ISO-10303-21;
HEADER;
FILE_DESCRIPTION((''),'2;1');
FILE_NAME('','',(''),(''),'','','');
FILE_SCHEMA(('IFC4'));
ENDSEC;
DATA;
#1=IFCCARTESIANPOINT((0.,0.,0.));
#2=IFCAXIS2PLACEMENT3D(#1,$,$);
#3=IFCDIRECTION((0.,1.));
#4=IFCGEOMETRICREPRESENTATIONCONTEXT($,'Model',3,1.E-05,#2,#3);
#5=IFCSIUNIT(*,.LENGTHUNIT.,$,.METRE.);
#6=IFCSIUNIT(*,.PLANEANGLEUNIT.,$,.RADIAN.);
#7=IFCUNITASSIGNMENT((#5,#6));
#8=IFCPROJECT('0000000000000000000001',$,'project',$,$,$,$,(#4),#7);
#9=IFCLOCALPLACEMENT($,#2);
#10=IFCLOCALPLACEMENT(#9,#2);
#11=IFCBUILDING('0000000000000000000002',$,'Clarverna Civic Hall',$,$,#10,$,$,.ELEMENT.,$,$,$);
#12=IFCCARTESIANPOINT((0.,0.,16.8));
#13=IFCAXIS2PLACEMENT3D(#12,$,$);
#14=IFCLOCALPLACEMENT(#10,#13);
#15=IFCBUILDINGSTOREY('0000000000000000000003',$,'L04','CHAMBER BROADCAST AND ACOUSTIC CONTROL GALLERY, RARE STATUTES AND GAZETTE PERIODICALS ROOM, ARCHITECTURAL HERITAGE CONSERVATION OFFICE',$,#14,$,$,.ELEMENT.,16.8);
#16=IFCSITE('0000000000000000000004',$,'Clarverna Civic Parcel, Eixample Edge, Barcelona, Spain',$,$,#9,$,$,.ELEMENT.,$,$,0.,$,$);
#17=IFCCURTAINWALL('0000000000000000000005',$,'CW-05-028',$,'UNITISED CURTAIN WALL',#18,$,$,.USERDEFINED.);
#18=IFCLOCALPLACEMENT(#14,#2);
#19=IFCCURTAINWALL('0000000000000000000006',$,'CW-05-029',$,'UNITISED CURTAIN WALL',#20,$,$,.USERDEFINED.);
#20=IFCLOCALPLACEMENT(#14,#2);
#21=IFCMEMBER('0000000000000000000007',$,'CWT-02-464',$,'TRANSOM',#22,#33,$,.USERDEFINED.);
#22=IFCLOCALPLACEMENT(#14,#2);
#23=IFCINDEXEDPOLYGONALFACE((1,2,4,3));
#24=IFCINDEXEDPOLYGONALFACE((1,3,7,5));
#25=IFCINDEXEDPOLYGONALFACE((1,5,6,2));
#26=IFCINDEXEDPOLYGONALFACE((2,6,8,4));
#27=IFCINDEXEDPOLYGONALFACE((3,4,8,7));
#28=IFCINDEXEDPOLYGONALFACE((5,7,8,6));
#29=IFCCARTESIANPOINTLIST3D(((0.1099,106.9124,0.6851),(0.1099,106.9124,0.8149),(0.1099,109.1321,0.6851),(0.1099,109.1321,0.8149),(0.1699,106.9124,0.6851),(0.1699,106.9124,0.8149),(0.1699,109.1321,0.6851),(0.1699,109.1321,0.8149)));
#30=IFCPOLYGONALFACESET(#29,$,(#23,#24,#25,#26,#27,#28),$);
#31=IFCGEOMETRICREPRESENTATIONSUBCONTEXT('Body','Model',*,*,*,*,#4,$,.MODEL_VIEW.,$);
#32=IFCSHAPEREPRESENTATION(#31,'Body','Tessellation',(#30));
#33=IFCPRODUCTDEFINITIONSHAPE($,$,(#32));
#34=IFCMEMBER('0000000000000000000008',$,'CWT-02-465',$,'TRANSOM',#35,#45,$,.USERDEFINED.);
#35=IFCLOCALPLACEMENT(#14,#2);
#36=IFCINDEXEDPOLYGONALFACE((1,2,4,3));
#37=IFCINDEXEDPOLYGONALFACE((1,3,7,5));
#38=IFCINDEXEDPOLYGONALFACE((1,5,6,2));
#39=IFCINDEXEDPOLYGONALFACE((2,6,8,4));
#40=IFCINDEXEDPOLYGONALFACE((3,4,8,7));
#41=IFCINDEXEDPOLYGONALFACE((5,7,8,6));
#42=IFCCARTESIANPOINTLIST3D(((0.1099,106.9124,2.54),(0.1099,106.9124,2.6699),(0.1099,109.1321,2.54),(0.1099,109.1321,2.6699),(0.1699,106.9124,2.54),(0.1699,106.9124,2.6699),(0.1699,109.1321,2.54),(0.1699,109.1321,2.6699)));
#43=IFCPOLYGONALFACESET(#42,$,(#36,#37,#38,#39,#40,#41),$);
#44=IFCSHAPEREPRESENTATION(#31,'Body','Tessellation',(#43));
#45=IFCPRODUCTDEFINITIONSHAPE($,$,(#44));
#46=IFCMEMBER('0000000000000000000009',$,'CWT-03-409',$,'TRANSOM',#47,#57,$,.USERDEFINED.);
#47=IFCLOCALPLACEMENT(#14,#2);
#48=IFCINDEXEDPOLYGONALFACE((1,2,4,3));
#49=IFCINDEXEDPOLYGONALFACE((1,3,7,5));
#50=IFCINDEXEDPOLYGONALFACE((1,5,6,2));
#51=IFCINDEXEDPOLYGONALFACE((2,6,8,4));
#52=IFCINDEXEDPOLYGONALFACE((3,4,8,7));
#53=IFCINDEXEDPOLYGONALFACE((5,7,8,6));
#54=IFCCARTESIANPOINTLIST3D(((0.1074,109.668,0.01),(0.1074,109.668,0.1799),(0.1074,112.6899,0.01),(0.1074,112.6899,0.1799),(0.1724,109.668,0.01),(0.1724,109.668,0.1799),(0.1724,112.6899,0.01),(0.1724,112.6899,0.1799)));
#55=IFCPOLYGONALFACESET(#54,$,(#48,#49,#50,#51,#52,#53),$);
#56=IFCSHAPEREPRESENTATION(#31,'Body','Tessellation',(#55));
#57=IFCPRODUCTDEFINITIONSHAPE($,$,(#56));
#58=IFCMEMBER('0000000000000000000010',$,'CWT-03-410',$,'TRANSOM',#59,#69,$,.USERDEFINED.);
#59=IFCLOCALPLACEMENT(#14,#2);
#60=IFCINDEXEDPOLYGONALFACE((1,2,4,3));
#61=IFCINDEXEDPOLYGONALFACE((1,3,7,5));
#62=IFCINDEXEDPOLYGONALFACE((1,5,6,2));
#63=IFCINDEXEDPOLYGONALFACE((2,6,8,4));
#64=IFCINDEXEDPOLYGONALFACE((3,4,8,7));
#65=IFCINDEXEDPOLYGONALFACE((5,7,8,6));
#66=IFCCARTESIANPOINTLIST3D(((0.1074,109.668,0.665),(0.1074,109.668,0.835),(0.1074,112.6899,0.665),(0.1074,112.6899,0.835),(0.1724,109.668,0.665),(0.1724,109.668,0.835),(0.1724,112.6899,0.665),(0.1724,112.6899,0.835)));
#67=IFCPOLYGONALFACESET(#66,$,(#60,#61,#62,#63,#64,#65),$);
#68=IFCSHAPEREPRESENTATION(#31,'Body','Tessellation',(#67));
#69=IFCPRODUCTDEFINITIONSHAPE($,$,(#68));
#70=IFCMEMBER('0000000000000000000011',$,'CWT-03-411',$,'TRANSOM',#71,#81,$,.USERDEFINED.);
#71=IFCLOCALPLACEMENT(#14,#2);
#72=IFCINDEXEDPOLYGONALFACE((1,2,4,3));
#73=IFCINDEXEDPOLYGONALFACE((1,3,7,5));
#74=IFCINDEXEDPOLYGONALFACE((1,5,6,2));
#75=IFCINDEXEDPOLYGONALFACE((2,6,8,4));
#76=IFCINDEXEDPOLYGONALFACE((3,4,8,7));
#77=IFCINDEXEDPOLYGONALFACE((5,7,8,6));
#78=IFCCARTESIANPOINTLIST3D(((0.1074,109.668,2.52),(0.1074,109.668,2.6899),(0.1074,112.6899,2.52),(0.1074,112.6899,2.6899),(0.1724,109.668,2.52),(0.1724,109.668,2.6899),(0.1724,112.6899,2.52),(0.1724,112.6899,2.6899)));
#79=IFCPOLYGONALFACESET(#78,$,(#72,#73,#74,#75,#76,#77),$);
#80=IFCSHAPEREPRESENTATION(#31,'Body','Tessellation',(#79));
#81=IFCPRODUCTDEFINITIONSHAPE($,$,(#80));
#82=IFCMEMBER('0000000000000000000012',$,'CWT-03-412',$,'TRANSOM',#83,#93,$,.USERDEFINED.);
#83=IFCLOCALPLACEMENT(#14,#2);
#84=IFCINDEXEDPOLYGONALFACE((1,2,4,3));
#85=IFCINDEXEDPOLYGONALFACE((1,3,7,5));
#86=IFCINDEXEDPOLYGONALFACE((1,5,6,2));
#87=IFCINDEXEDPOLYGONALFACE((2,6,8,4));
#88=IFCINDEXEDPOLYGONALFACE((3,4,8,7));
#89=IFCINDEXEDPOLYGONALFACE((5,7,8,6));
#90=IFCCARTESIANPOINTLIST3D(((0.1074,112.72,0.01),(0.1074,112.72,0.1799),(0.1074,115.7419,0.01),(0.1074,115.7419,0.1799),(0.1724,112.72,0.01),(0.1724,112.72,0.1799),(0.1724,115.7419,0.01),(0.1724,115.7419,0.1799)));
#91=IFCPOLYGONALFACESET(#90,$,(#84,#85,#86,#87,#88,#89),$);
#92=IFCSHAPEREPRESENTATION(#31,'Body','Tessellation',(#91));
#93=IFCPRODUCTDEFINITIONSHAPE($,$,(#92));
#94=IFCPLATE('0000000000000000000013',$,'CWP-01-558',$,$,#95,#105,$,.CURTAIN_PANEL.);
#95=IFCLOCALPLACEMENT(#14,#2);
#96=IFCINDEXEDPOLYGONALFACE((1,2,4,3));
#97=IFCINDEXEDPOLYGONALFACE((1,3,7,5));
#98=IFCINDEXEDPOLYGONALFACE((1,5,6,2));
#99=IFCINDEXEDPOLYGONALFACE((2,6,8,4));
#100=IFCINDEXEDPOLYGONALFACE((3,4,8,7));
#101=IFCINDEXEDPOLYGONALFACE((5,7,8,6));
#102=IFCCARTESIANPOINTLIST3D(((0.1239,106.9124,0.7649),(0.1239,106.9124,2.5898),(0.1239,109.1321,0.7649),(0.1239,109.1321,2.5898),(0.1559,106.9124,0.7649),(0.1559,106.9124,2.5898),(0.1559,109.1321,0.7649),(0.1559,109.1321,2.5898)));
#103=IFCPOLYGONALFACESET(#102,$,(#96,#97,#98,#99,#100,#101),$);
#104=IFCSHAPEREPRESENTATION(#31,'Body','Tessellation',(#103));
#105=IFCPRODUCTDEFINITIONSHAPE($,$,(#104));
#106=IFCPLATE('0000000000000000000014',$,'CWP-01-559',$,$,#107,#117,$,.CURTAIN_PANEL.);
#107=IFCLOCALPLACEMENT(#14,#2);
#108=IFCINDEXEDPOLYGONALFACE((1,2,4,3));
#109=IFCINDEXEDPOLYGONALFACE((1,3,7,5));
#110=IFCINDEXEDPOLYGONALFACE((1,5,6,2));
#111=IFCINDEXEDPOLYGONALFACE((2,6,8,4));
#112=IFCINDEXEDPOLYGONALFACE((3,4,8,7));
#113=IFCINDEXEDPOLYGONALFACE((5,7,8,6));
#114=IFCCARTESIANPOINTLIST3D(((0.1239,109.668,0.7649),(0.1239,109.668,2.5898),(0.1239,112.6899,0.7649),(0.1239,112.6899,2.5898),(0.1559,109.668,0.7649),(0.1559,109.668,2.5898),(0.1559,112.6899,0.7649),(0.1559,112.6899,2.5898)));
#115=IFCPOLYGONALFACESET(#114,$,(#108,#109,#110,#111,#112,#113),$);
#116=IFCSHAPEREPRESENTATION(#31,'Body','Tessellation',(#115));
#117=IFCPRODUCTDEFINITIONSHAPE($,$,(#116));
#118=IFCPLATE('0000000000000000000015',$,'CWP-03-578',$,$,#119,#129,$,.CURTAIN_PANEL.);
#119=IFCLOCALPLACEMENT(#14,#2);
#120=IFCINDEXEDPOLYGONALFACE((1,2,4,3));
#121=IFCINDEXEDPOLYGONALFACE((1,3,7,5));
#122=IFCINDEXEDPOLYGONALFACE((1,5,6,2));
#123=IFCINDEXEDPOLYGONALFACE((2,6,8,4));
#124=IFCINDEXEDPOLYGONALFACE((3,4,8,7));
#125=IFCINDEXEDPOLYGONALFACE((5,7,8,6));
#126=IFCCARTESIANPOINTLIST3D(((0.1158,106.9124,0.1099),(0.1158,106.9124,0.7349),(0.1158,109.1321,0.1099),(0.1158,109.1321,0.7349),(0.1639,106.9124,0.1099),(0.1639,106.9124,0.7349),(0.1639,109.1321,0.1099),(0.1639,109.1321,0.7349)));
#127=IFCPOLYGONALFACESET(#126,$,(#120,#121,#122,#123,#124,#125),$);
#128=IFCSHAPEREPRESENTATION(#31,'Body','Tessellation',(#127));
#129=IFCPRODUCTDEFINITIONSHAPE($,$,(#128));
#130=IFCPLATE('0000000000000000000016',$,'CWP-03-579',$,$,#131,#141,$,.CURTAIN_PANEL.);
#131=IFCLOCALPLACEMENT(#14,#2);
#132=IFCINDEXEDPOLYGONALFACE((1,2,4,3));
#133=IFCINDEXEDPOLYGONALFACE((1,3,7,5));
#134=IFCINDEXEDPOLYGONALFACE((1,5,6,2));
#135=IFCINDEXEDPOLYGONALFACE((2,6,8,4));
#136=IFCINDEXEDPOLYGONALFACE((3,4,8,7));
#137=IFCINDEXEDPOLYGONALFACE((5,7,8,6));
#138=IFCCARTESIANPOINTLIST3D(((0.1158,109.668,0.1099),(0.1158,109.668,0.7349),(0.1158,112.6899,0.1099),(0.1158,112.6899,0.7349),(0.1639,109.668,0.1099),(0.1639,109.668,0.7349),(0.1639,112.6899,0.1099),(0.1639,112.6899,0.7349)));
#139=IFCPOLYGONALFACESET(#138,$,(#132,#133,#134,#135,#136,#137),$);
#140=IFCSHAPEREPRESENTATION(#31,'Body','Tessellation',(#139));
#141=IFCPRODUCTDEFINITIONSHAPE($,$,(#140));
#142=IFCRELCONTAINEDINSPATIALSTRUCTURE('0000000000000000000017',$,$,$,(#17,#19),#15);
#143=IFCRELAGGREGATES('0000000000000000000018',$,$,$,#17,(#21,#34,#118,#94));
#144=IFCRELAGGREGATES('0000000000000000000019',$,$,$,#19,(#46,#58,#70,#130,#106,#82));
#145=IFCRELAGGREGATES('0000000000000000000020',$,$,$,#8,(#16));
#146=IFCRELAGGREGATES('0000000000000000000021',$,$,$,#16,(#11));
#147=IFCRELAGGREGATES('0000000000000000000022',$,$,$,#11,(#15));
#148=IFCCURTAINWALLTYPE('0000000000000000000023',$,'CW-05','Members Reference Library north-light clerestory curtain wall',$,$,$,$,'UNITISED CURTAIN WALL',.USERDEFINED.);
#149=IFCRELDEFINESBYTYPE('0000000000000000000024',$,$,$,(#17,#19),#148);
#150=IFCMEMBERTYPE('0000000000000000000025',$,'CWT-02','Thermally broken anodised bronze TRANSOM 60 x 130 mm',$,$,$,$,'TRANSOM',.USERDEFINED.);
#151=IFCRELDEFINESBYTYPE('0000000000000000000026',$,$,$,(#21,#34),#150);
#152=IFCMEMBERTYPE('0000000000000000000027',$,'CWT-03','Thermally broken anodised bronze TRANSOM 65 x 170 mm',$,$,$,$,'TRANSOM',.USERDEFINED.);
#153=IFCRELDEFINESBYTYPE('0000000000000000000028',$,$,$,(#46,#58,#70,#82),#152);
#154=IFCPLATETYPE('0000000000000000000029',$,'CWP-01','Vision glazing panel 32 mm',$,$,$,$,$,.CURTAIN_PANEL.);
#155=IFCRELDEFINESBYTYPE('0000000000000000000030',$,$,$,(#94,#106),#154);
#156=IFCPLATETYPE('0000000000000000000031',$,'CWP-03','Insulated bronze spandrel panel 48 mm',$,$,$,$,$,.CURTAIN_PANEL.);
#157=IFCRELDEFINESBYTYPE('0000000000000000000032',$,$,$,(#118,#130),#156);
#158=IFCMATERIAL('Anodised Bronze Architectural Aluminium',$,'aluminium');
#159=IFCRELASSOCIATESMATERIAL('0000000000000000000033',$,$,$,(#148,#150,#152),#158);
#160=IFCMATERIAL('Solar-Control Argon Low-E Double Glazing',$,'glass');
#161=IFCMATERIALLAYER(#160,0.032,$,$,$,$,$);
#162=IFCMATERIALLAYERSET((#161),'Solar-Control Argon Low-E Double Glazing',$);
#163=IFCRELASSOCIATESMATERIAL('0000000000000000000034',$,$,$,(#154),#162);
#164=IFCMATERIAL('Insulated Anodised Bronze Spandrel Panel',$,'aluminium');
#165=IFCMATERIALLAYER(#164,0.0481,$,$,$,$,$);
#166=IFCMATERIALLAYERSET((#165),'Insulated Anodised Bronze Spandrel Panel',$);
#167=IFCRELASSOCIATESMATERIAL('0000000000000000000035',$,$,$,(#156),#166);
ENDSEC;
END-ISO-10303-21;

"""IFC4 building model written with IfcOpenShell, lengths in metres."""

from ifc_helpers import new_model, si_unit, direction, frame, frame_2d, origin, origin_2d, place, context, subcontext, project, spatial, rectangle, extrude, material, layer, layer_set, material_profile, profile_set, type_object, element, aggregate, save


model = new_model("IFC4")

# Units and contexts
model_context = context("Model", 3, precision=1e-05, world=origin(), true_north=direction((0.0, 1.0)))
body_context = subcontext(model_context, "Body", "Model", "MODEL_VIEW")
ifc_project = project(units=[si_unit("LENGTHUNIT", "METRE"), si_unit("PLANEANGLEUNIT", "RADIAN")], contexts=[model_context])

# Site, building, storey
site_placement = place(None, origin())
site = spatial("IfcSite", under=ifc_project, at=site_placement, Name="Clarverna Civic Parcel, Eixample Edge, Barcelona, Spain", CompositionType="ELEMENT", RefElevation=0.0)
building_placement = place(site_placement, origin())
building = spatial("IfcBuilding", under=site, at=building_placement, Name="Clarverna Civic Hall", CompositionType="ELEMENT")
storey_placement = place(building_placement, frame((0.0, 0.0, 16.8)))
storey = spatial("IfcBuildingStorey", under=building, at=storey_placement, Name="L04", Description="CHAMBER BROADCAST AND ACOUSTIC CONTROL GALLERY, RARE STATUTES AND GAZETTE PERIODICALS ROOM, ARCHITECTURAL HERITAGE CONSERVATION OFFICE", CompositionType="ELEMENT", Elevation=16.8)

# Curtain walls
ifc_material_1 = material(Name="Anodised Bronze Architectural Aluminium", Category="aluminium")
curtain_wall_type = type_object("IfcCurtainWallType", Name="CW-05", Description="Members Reference Library north-light clerestory curtain wall", ElementType="UNITISED CURTAIN WALL", PredefinedType="USERDEFINED", material=ifc_material_1)
curtain_wall_1_placement = place(storey_placement, origin())
curtain_wall_1 = element("IfcCurtainWall", 1, at=curtain_wall_1_placement, inside=storey, type_object=curtain_wall_type, Name="CW-05-028", ObjectType="UNITISED CURTAIN WALL", PredefinedType="USERDEFINED")
curtain_wall_2_placement = place(storey_placement, origin())
curtain_wall_2 = element("IfcCurtainWall", 2, at=curtain_wall_2_placement, inside=storey, type_object=curtain_wall_type, Name="CW-05-029", ObjectType="UNITISED CURTAIN WALL", PredefinedType="USERDEFINED")

# Members
ifc_material_profile_1 = material_profile(ifc_material_1, rectangle(XDim=0.0601, YDim=0.1299, at=origin_2d()), Name="BRONZE 60x130")
ifc_profile_set_1 = profile_set([ifc_material_profile_1], Name="Anodised Bronze Architectural Aluminium")
member_type_1 = type_object("IfcMemberType", Name="CWT-02", Description="Thermally broken anodised bronze TRANSOM 60 x 130 mm", ElementType="TRANSOM", PredefinedType="USERDEFINED", material=ifc_profile_set_1)
member_1_placement = place(storey_placement, frame((0.1399, 106.9124, 0.75), z_axis=(0.0, 1.0, 0.0), x_axis=(-1.0, 0.0, 0.0)))
member_1 = element("IfcMember", 3, at=member_1_placement, type_object=member_type_1, Name="CWT-02-464", ObjectType="TRANSOM", PredefinedType="USERDEFINED", context=body_context, shape_type="SweptSolid", body=[
    extrude(rectangle(XDim=0.0601, YDim=0.1299, at=origin_2d()), origin(), (0.0, 0.0, 1.0), 2.2197),
])
member_2_placement = place(storey_placement, frame((0.1399, 106.9124, 2.605), z_axis=(0.0, 1.0, 0.0), x_axis=(-1.0, 0.0, 0.0)))
member_2 = element("IfcMember", 4, at=member_2_placement, type_object=member_type_1, Name="CWT-02-465", ObjectType="TRANSOM", PredefinedType="USERDEFINED", context=body_context, shape_type="SweptSolid", body=[
    extrude(rectangle(XDim=0.0601, YDim=0.1299, at=origin_2d()), origin(), (0.0, 0.0, 1.0), 2.2197),
])
ifc_material_profile_2 = material_profile(ifc_material_1, rectangle(XDim=0.0649, YDim=0.1699, at=origin_2d()), Name="BRONZE 65x170")
ifc_profile_set_2 = profile_set([ifc_material_profile_2], Name="Anodised Bronze Architectural Aluminium")
member_type_2 = type_object("IfcMemberType", Name="CWT-03", Description="Thermally broken anodised bronze TRANSOM 65 x 170 mm", ElementType="TRANSOM", PredefinedType="USERDEFINED", material=ifc_profile_set_2)
member_3_placement = place(storey_placement, frame((0.1399, 109.668, 0.095), z_axis=(0.0, 1.0, 0.0), x_axis=(-1.0, 0.0, 0.0)))
member_3 = element("IfcMember", 5, at=member_3_placement, type_object=member_type_2, Name="CWT-03-409", ObjectType="TRANSOM", PredefinedType="USERDEFINED", context=body_context, shape_type="SweptSolid", body=[
    extrude(rectangle(XDim=0.0649, YDim=0.1699, at=origin_2d()), origin(), (0.0, 0.0, 1.0), 3.022),
])
member_4_placement = place(storey_placement, frame((0.1399, 109.668, 0.75), z_axis=(0.0, 1.0, 0.0), x_axis=(-1.0, 0.0, 0.0)))
member_4 = element("IfcMember", 6, at=member_4_placement, type_object=member_type_2, Name="CWT-03-410", ObjectType="TRANSOM", PredefinedType="USERDEFINED", context=body_context, shape_type="SweptSolid", body=[
    extrude(rectangle(XDim=0.0649, YDim=0.1699, at=origin_2d()), origin(), (0.0, 0.0, 1.0), 3.022),
])
member_5_placement = place(storey_placement, frame((0.1399, 109.668, 2.605), z_axis=(0.0, 1.0, 0.0), x_axis=(-1.0, 0.0, 0.0)))
member_5 = element("IfcMember", 7, at=member_5_placement, type_object=member_type_2, Name="CWT-03-411", ObjectType="TRANSOM", PredefinedType="USERDEFINED", context=body_context, shape_type="SweptSolid", body=[
    extrude(rectangle(XDim=0.0649, YDim=0.1699, at=origin_2d()), origin(), (0.0, 0.0, 1.0), 3.022),
])
member_6_placement = place(storey_placement, frame((0.1399, 112.72, 0.095), z_axis=(0.0, 1.0, 0.0), x_axis=(-1.0, 0.0, 0.0)))
member_6 = element("IfcMember", 8, at=member_6_placement, type_object=member_type_2, Name="CWT-03-412", ObjectType="TRANSOM", PredefinedType="USERDEFINED", context=body_context, shape_type="SweptSolid", body=[
    extrude(rectangle(XDim=0.0649, YDim=0.1699, at=origin_2d()), origin(), (0.0, 0.0, 1.0), 3.022),
])

# Plates
ifc_material_2 = material(Name="Solar-Control Argon Low-E Double Glazing", Category="glass")
ifc_layer_1 = layer(ifc_material_2, 0.032)
ifc_layer_set_1 = layer_set([ifc_layer_1], Name="Solar-Control Argon Low-E Double Glazing")
plate_type_1 = type_object("IfcPlateType", Name="CWP-01", Description="Vision glazing panel 32 mm", PredefinedType="CURTAIN_PANEL", material=ifc_layer_set_1)
plate_1_placement = place(storey_placement, frame((0.1399, 106.9124, 0.7649), z_axis=(0.0, 0.0, 1.0), x_axis=(0.0, 1.0, 0.0)))
plate_1 = element("IfcPlate", 9, at=plate_1_placement, type_object=plate_type_1, Name="CWP-01-558", PredefinedType="CURTAIN_PANEL", context=body_context, shape_type="SweptSolid", body=[
    extrude(rectangle(XDim=2.2197, YDim=0.032, at=frame_2d((1.1099, 0.0))), origin(), (0.0, 0.0, 1.0), 1.825),
])
plate_2_placement = place(storey_placement, frame((0.1399, 109.668, 0.7649), z_axis=(0.0, 0.0, 1.0), x_axis=(0.0, 1.0, 0.0)))
plate_2 = element("IfcPlate", 10, at=plate_2_placement, type_object=plate_type_1, Name="CWP-01-559", PredefinedType="CURTAIN_PANEL", context=body_context, shape_type="SweptSolid", body=[
    extrude(rectangle(XDim=3.022, YDim=0.032, at=frame_2d((1.511, 0.0))), origin(), (0.0, 0.0, 1.0), 1.825),
])
ifc_material_3 = material(Name="Insulated Anodised Bronze Spandrel Panel", Category="aluminium")
ifc_layer_2 = layer(ifc_material_3, 0.0481)
ifc_layer_set_2 = layer_set([ifc_layer_2], Name="Insulated Anodised Bronze Spandrel Panel")
plate_type_2 = type_object("IfcPlateType", Name="CWP-03", Description="Insulated bronze spandrel panel 48 mm", PredefinedType="CURTAIN_PANEL", material=ifc_layer_set_2)
plate_3_placement = place(storey_placement, frame((0.1399, 106.9124, 0.1099), z_axis=(0.0, 0.0, 1.0), x_axis=(0.0, 1.0, 0.0)))
plate_3 = element("IfcPlate", 11, at=plate_3_placement, type_object=plate_type_2, Name="CWP-03-578", PredefinedType="CURTAIN_PANEL", context=body_context, shape_type="SweptSolid", body=[
    extrude(rectangle(XDim=2.2197, YDim=0.0481, at=frame_2d((1.1099, 0.0))), origin(), (0.0, 0.0, 1.0), 0.625),
])
aggregate(curtain_wall_1, [member_1, member_2, plate_3, plate_1])
plate_4_placement = place(storey_placement, frame((0.1399, 109.668, 0.1099), z_axis=(0.0, 0.0, 1.0), x_axis=(0.0, 1.0, 0.0)))
plate_4 = element("IfcPlate", 12, at=plate_4_placement, type_object=plate_type_2, Name="CWP-03-579", PredefinedType="CURTAIN_PANEL", context=body_context, shape_type="SweptSolid", body=[
    extrude(rectangle(XDim=3.022, YDim=0.0481, at=frame_2d((1.511, 0.0))), origin(), (0.0, 0.0, 1.0), 0.625),
])
aggregate(curtain_wall_2, [member_3, member_4, member_5, plate_4, plate_2, member_6])

save(model, "model.ifc")
